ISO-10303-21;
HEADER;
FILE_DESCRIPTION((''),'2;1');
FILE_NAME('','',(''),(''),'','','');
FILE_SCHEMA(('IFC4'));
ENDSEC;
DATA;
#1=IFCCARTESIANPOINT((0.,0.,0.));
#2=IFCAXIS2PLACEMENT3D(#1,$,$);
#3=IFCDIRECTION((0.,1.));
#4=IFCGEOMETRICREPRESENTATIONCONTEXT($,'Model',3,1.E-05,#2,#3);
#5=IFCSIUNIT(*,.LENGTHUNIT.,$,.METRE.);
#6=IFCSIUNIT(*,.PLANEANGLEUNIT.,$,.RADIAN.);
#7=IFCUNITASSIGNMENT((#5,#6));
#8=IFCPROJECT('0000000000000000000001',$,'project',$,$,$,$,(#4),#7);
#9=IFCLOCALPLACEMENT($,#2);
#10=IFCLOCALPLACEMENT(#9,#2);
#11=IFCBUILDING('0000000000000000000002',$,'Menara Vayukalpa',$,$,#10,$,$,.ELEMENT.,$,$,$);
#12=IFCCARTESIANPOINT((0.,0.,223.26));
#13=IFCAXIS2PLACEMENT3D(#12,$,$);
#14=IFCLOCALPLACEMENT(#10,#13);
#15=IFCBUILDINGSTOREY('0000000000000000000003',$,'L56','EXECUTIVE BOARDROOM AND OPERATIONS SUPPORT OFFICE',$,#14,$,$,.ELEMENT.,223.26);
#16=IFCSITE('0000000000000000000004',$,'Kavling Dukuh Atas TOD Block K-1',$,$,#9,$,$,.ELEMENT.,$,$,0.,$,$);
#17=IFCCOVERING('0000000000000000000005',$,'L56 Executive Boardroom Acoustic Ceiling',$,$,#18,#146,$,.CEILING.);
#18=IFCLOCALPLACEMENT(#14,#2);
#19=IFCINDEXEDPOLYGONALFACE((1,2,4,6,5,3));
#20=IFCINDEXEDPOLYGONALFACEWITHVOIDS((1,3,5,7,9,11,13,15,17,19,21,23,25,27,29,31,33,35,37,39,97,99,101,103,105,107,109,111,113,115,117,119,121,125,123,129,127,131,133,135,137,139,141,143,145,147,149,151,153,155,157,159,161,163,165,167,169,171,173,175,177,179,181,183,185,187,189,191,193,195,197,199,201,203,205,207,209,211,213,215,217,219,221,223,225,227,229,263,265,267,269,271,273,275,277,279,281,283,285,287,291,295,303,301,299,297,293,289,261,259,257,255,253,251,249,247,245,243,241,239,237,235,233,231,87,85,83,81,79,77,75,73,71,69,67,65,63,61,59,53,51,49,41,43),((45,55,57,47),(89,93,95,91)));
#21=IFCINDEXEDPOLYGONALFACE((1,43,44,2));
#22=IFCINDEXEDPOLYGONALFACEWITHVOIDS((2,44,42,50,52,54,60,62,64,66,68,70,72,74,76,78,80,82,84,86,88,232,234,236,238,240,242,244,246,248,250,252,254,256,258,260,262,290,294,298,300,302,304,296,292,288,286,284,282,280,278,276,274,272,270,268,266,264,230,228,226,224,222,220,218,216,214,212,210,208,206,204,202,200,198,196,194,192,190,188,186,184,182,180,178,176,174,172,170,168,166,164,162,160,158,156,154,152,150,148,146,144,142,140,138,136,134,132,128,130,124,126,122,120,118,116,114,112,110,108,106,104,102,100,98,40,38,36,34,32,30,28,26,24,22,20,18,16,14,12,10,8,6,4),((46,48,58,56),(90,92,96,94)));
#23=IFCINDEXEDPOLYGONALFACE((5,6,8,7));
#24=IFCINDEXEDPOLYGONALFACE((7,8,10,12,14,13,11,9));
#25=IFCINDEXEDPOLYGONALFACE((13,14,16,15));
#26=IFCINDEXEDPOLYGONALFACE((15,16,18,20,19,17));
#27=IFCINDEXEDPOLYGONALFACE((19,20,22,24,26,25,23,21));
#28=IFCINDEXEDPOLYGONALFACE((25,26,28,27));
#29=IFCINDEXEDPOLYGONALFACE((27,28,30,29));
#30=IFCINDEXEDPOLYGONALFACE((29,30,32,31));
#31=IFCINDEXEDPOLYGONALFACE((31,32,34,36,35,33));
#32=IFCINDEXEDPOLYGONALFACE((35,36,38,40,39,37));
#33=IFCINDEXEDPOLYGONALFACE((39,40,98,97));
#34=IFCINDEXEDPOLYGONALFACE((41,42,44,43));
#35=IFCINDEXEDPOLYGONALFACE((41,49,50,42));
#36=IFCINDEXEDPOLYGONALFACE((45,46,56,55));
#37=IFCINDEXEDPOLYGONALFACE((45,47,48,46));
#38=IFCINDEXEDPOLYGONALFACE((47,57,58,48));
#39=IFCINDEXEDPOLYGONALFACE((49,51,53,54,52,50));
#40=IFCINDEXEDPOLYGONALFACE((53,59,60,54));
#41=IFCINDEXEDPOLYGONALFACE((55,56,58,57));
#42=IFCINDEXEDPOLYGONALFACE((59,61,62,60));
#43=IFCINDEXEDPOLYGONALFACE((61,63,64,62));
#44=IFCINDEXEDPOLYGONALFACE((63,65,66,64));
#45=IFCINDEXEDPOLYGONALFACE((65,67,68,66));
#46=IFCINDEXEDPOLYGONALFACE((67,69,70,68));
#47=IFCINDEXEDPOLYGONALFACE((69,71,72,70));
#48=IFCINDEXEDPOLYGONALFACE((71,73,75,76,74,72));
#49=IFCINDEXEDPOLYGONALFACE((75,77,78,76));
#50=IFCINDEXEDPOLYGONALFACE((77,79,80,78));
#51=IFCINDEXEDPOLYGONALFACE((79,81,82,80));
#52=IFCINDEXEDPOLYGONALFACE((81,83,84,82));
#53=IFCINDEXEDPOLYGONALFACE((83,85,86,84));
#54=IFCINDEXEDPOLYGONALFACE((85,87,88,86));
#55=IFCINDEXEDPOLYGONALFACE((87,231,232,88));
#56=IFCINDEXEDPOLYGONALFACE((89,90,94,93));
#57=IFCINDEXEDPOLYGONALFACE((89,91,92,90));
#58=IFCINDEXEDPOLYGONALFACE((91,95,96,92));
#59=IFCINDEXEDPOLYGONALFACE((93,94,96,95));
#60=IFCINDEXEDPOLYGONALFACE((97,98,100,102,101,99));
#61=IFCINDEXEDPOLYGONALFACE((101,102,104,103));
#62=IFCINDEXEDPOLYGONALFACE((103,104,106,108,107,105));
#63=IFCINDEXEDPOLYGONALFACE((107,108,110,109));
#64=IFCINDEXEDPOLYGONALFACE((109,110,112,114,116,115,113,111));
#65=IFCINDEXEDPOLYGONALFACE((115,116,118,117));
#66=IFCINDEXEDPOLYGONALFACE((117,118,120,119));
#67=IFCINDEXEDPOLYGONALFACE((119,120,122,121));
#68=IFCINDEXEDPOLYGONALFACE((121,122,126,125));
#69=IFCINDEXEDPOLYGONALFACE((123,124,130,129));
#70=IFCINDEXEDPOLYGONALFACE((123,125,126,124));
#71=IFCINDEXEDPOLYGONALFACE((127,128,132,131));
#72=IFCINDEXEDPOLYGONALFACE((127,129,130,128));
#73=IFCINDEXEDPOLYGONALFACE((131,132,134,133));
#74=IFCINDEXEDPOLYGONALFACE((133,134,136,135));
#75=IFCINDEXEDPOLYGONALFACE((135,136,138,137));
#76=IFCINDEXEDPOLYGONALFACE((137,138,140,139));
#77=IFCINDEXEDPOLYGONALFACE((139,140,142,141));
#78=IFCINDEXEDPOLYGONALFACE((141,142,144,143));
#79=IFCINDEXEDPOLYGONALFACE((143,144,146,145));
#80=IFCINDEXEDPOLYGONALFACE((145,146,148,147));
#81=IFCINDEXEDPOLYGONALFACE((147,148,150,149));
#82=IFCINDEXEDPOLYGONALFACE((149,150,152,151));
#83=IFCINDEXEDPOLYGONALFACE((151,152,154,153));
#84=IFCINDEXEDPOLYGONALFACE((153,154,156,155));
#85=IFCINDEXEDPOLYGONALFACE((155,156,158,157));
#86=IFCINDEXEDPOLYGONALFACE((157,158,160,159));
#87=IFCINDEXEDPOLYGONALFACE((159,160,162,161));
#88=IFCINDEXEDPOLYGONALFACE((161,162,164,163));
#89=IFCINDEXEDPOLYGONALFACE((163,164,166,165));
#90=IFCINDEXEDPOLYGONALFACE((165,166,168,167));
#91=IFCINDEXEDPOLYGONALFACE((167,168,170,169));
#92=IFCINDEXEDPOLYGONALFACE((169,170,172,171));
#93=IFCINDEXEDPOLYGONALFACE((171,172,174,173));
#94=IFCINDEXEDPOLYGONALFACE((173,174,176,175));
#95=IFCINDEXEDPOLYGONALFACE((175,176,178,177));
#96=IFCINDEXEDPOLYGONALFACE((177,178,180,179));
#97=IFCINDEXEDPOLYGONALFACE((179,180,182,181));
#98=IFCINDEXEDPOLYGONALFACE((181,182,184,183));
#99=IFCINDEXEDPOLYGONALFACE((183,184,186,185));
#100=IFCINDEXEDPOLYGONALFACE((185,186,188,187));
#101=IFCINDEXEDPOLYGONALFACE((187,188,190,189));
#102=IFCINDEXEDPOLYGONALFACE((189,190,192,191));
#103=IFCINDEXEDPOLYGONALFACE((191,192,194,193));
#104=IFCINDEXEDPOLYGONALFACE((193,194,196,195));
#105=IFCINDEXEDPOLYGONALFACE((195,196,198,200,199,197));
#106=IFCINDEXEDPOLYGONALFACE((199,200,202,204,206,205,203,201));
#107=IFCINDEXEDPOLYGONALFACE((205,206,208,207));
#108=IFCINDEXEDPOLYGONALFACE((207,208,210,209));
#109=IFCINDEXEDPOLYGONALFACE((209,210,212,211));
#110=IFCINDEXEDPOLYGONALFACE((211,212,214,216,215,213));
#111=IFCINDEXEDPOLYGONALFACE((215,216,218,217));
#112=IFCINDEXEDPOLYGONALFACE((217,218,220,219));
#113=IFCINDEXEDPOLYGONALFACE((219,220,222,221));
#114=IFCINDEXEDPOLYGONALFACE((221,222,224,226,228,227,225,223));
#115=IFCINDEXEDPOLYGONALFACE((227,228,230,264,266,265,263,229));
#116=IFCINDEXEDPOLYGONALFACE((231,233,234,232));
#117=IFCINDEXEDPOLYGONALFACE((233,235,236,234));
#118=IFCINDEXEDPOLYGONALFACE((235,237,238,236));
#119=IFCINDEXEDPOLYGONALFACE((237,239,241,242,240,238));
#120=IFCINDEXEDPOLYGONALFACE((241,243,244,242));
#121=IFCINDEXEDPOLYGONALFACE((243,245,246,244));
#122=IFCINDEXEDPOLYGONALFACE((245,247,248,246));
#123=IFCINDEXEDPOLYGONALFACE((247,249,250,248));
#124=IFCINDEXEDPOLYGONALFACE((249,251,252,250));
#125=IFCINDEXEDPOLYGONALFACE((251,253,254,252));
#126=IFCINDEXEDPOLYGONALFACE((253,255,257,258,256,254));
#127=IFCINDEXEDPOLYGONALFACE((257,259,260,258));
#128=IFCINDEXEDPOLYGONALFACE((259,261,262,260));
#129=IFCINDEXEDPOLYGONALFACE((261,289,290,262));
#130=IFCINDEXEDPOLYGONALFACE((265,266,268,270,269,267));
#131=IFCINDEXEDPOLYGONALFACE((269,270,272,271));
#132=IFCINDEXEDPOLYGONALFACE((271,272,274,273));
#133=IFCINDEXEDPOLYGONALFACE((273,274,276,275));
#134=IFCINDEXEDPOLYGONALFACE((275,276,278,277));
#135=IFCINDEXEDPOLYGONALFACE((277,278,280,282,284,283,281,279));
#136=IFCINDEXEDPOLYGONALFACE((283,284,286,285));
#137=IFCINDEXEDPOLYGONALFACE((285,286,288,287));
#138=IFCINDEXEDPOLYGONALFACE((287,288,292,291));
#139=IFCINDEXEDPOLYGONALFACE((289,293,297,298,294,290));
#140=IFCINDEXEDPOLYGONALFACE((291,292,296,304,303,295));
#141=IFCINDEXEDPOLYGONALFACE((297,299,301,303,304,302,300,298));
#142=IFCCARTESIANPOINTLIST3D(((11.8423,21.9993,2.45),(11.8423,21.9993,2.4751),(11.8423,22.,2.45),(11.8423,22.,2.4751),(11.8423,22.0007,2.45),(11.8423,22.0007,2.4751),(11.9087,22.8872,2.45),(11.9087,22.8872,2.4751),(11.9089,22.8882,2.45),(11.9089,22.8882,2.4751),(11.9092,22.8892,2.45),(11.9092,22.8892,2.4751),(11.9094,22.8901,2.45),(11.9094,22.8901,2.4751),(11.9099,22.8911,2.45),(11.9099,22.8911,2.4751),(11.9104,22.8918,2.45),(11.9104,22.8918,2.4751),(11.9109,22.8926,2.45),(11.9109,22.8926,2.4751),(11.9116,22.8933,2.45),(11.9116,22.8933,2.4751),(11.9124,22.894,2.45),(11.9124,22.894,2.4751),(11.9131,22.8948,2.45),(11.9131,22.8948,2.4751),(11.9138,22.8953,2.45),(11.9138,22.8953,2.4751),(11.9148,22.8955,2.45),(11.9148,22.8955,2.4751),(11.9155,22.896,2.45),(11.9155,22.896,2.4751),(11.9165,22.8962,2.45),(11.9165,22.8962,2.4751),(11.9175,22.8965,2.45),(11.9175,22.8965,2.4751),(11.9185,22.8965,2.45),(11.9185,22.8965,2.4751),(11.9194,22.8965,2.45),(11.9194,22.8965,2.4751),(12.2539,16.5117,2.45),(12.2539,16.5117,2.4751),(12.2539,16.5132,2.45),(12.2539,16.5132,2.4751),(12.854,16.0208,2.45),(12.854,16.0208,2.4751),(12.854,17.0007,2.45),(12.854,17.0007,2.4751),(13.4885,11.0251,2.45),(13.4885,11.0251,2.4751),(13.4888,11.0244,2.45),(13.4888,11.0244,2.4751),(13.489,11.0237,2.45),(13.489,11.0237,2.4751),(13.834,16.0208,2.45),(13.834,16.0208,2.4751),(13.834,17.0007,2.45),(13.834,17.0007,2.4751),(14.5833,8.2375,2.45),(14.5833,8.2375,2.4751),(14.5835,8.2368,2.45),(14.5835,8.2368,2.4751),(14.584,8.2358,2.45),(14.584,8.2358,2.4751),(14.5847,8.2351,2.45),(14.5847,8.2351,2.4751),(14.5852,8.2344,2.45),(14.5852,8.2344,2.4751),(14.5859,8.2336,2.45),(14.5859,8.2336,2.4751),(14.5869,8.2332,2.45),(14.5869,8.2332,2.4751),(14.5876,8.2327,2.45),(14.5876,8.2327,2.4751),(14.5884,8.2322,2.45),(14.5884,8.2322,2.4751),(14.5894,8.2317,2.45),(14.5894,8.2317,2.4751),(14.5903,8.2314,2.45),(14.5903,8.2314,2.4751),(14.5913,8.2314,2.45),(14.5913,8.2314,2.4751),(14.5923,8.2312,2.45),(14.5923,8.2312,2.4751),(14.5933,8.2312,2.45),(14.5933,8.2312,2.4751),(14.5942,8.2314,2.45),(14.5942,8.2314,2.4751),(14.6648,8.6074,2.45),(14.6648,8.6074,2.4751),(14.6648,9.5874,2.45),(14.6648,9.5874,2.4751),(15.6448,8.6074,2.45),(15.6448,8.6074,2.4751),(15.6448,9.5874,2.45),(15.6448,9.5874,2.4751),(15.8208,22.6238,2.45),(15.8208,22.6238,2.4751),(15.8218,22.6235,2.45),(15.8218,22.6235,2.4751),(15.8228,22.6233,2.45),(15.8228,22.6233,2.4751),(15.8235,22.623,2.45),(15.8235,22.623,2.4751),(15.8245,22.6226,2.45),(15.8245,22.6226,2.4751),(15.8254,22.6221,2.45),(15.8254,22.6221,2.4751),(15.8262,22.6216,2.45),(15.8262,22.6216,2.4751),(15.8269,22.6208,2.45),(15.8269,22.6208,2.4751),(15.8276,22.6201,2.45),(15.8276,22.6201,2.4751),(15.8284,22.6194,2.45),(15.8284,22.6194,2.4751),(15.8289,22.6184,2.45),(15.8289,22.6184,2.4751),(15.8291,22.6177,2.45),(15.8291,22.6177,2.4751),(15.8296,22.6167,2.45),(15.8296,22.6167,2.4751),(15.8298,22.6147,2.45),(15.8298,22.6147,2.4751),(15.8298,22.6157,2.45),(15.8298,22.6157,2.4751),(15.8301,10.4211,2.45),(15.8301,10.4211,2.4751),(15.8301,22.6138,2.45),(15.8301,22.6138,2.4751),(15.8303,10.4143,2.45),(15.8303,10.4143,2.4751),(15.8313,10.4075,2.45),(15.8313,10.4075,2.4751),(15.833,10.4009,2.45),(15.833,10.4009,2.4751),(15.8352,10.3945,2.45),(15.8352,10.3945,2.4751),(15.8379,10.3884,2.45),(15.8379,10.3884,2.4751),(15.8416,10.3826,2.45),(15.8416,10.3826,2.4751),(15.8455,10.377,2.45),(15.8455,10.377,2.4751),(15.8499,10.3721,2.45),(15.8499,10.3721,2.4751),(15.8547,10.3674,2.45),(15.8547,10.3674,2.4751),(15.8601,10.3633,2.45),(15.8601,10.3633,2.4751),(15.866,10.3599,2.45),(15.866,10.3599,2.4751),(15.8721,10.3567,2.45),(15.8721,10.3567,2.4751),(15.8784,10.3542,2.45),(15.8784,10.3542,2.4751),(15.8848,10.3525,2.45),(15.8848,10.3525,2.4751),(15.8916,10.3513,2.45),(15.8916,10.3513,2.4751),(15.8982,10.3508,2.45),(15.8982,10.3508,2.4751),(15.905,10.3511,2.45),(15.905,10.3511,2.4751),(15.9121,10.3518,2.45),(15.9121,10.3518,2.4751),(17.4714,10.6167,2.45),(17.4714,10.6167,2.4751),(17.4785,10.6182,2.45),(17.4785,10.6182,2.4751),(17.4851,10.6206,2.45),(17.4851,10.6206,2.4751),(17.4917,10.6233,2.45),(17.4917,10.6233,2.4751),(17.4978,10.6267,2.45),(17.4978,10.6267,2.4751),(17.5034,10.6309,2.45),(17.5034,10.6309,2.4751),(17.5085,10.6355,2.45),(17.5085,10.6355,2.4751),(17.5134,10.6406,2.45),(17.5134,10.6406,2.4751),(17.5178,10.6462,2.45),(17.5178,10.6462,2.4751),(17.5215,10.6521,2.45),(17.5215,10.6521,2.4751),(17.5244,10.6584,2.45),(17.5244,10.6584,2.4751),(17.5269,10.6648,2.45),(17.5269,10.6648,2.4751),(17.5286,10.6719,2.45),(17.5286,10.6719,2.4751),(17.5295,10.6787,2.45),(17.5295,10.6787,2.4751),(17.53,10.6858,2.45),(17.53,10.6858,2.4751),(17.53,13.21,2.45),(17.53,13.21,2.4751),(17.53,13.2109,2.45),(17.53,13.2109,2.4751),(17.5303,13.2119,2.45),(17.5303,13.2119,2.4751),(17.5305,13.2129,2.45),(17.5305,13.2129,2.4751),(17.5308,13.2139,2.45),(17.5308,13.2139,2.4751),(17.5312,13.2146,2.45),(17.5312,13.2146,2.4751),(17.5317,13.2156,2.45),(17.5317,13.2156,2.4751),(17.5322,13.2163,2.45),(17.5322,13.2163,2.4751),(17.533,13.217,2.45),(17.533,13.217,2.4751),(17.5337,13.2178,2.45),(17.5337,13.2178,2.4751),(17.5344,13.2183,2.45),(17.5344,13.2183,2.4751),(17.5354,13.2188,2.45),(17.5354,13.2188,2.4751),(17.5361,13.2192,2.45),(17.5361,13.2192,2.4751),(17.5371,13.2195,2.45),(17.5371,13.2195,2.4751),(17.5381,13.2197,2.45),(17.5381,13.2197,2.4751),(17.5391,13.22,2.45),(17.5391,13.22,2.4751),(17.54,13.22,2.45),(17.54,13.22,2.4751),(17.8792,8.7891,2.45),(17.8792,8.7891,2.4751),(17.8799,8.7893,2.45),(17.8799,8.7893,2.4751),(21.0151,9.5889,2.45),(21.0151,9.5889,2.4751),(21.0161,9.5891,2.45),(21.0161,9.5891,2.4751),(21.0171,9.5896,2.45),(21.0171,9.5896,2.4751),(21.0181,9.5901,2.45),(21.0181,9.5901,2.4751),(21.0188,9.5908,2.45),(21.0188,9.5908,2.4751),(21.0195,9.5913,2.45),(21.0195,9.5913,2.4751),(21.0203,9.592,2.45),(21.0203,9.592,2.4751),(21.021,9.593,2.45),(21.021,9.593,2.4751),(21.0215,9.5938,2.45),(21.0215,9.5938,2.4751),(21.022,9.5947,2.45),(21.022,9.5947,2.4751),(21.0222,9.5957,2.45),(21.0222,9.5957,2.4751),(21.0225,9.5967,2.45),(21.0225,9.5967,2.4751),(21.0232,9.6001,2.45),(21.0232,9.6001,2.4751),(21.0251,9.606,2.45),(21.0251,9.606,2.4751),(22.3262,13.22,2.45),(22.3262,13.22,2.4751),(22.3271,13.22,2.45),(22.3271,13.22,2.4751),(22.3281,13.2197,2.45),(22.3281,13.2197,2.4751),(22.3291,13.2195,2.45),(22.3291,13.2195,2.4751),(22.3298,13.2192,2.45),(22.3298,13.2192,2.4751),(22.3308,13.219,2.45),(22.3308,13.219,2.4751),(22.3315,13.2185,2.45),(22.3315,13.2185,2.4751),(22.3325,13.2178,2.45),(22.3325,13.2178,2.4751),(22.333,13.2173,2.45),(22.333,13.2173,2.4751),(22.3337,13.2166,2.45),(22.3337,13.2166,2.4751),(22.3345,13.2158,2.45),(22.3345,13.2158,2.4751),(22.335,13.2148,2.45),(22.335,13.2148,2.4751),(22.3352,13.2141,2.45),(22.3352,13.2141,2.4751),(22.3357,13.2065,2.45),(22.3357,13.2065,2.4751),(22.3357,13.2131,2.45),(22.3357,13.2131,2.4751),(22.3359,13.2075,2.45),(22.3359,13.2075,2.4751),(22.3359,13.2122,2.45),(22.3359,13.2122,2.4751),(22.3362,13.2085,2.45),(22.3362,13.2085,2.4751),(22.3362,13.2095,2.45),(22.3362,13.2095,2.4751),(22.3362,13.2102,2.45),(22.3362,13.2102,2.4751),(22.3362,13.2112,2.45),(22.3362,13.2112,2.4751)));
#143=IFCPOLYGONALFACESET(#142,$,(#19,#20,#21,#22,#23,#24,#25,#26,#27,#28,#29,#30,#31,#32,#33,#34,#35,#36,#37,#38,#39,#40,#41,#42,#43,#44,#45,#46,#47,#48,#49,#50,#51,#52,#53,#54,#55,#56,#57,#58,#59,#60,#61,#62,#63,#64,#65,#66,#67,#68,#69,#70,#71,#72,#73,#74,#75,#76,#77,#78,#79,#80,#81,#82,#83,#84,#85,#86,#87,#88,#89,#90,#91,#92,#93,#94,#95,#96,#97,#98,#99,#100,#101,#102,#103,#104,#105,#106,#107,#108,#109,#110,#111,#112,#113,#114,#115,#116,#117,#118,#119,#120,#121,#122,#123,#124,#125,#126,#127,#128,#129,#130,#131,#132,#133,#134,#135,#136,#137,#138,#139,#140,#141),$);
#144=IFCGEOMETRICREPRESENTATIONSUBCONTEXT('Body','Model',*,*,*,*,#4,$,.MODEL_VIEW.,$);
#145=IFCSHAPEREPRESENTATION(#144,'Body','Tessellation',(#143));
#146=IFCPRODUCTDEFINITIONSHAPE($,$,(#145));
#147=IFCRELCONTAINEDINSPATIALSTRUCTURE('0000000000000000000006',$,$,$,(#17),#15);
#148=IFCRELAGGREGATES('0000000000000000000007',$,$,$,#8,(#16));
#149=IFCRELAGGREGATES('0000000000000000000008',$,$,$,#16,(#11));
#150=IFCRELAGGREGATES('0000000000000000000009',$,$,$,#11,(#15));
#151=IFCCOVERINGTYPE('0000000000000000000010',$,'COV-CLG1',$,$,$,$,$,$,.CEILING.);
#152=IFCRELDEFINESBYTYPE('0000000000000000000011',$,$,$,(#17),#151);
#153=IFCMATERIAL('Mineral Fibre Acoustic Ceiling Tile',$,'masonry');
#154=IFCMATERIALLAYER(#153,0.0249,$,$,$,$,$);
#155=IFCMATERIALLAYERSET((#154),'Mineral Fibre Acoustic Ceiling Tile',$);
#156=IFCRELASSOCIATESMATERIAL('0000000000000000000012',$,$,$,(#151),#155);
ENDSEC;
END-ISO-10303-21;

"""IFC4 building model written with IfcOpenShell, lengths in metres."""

from ifc_helpers import new_model, si_unit, direction, frame, origin, place, context, subcontext, project, spatial, polyline, outline, extrude, material, layer, layer_set, type_object, element, save


model = new_model("IFC4")

# Units and contexts
model_context = context("Model", 3, precision=1e-05, world=origin(), true_north=direction((0.0, 1.0)))
body_context = subcontext(model_context, "Body", "Model", "MODEL_VIEW")
ifc_project = project(units=[si_unit("LENGTHUNIT", "METRE"), si_unit("PLANEANGLEUNIT", "RADIAN")], contexts=[model_context])

# Site, building, storey
site_placement = place(None, origin())
site = spatial("IfcSite", under=ifc_project, at=site_placement, Name="Kavling Dukuh Atas TOD Block K-1", CompositionType="ELEMENT", RefElevation=0.0)
building_placement = place(site_placement, origin())
building = spatial("IfcBuilding", under=site, at=building_placement, Name="Menara Vayukalpa", CompositionType="ELEMENT")
storey_placement = place(building_placement, frame((0.0, 0.0, 223.26)))
storey = spatial("IfcBuildingStorey", under=building, at=storey_placement, Name="L56", Description="EXECUTIVE BOARDROOM AND OPERATIONS SUPPORT OFFICE", CompositionType="ELEMENT", Elevation=223.26)

# Covering
ifc_material_1 = material(Name="Mineral Fibre Acoustic Ceiling Tile", Category="masonry")
ifc_layer_1 = layer(ifc_material_1, 0.0249)
ifc_layer_set_1 = layer_set([ifc_layer_1], Name="Mineral Fibre Acoustic Ceiling Tile")
covering_type_1 = type_object("IfcCoveringType", Name="COV-CLG1", PredefinedType="CEILING", material=ifc_layer_set_1)
covering_1_placement = place(storey_placement, frame((0.0, 0.0, 2.45)))
element("IfcCovering", 1, at=covering_1_placement, inside=storey, type_object=covering_type_1, Name="L56 Executive Boardroom Acoustic Ceiling", PredefinedType="CEILING", context=body_context, shape_type="SweptSolid", body=[
    extrude(outline(polyline([(14.5933, 8.2312), (14.5923, 8.2312), (14.5913, 8.2314), (14.5903, 8.2314), (14.5894, 8.2317), (14.5884, 8.2322), (14.5876, 8.2327), (14.5869, 8.2332), (14.5859, 8.2336), (14.5852, 8.2344), (14.5847, 8.2351), (14.584, 8.2358), (14.5835, 8.2368), (14.5833, 8.2375), (13.489, 11.0237), (13.4888, 11.0244), (13.4885, 11.0251), (12.2539, 16.5117), (12.2539, 16.5132), (11.8423, 21.9993), (11.8423, 22.0), (11.8423, 22.0007), (11.9087, 22.8872), (11.9089, 22.8882), (11.9092, 22.8892), (11.9094, 22.8901), (11.9099, 22.8911), (11.9104, 22.8918), (11.9109, 22.8926), (11.9116, 22.8933), (11.9124, 22.894), (11.9131, 22.8948), (11.9138, 22.8953), (11.9148, 22.8955), (11.9155, 22.896), (11.9165, 22.8962), (11.9175, 22.8965), (11.9185, 22.8965), (11.9194, 22.8965), (15.8208, 22.6238), (15.8218, 22.6235), (15.8228, 22.6233), (15.8235, 22.623), (15.8245, 22.6226), (15.8254, 22.6221), (15.8262, 22.6216), (15.8269, 22.6208), (15.8276, 22.6201), (15.8284, 22.6194), (15.8289, 22.6184), (15.8291, 22.6177), (15.8296, 22.6167), (15.8298, 22.6157), (15.8298, 22.6147), (15.8301, 22.6138), (15.8301, 10.4211), (15.8303, 10.4143), (15.8313, 10.4075), (15.833, 10.4009), (15.8352, 10.3945), (15.8379, 10.3884), (15.8416, 10.3826), (15.8455, 10.377), (15.8499, 10.3721), (15.8547, 10.3674), (15.8601, 10.3633), (15.866, 10.3599), (15.8721, 10.3567), (15.8784, 10.3542), (15.8848, 10.3525), (15.8916, 10.3513), (15.8982, 10.3508), (15.905, 10.3511), (15.9121, 10.3518), (17.4714, 10.6167), (17.4785, 10.6182), (17.4851, 10.6206), (17.4917, 10.6233), (17.4978, 10.6267), (17.5034, 10.6309), (17.5085, 10.6355), (17.5134, 10.6406), (17.5178, 10.6462), (17.5215, 10.6521), (17.5244, 10.6584), (17.5269, 10.6648), (17.5286, 10.6719), (17.5295, 10.6787), (17.53, 10.6858), (17.53, 13.21), (17.53, 13.2109), (17.5303, 13.2119), (17.5305, 13.2129), (17.5308, 13.2139), (17.5312, 13.2146), (17.5317, 13.2156), (17.5322, 13.2163), (17.533, 13.217), (17.5337, 13.2178), (17.5344, 13.2183), (17.5354, 13.2188), (17.5361, 13.2192), (17.5371, 13.2195), (17.5381, 13.2197), (17.5391, 13.22), (17.54, 13.22), (22.3262, 13.22), (22.3271, 13.22), (22.3281, 13.2197), (22.3291, 13.2195), (22.3298, 13.2192), (22.3308, 13.219), (22.3315, 13.2185), (22.3325, 13.2178), (22.333, 13.2173), (22.3337, 13.2166), (22.3345, 13.2158), (22.335, 13.2148), (22.3352, 13.2141), (22.3357, 13.2131), (22.3359, 13.2122), (22.3362, 13.2112), (22.3362, 13.2102), (22.3362, 13.2095), (22.3362, 13.2085), (22.3359, 13.2075), (22.3357, 13.2065), (21.0251, 9.606), (21.0232, 9.6001), (21.0225, 9.5967), (21.0222, 9.5957), (21.022, 9.5947), (21.0215, 9.5938), (21.021, 9.593), (21.0203, 9.592), (21.0195, 9.5913), (21.0188, 9.5908), (21.0181, 9.5901), (21.0171, 9.5896), (21.0161, 9.5891), (21.0151, 9.5889), (17.8799, 8.7893), (17.8792, 8.7891), (14.5942, 8.2314), (14.5933, 8.2312)]), holes=[polyline([(14.6648, 9.5874), (14.6648, 8.6074), (15.6448, 8.6074), (15.6448, 9.5874), (14.6648, 9.5874)]), polyline([(13.834, 17.0007), (12.854, 17.0007), (12.854, 16.0208), (13.834, 16.0208), (13.834, 17.0007)])]), origin(), (0.0, 0.0, 1.0), 0.0251),
])

save(model, "model.ifc")
